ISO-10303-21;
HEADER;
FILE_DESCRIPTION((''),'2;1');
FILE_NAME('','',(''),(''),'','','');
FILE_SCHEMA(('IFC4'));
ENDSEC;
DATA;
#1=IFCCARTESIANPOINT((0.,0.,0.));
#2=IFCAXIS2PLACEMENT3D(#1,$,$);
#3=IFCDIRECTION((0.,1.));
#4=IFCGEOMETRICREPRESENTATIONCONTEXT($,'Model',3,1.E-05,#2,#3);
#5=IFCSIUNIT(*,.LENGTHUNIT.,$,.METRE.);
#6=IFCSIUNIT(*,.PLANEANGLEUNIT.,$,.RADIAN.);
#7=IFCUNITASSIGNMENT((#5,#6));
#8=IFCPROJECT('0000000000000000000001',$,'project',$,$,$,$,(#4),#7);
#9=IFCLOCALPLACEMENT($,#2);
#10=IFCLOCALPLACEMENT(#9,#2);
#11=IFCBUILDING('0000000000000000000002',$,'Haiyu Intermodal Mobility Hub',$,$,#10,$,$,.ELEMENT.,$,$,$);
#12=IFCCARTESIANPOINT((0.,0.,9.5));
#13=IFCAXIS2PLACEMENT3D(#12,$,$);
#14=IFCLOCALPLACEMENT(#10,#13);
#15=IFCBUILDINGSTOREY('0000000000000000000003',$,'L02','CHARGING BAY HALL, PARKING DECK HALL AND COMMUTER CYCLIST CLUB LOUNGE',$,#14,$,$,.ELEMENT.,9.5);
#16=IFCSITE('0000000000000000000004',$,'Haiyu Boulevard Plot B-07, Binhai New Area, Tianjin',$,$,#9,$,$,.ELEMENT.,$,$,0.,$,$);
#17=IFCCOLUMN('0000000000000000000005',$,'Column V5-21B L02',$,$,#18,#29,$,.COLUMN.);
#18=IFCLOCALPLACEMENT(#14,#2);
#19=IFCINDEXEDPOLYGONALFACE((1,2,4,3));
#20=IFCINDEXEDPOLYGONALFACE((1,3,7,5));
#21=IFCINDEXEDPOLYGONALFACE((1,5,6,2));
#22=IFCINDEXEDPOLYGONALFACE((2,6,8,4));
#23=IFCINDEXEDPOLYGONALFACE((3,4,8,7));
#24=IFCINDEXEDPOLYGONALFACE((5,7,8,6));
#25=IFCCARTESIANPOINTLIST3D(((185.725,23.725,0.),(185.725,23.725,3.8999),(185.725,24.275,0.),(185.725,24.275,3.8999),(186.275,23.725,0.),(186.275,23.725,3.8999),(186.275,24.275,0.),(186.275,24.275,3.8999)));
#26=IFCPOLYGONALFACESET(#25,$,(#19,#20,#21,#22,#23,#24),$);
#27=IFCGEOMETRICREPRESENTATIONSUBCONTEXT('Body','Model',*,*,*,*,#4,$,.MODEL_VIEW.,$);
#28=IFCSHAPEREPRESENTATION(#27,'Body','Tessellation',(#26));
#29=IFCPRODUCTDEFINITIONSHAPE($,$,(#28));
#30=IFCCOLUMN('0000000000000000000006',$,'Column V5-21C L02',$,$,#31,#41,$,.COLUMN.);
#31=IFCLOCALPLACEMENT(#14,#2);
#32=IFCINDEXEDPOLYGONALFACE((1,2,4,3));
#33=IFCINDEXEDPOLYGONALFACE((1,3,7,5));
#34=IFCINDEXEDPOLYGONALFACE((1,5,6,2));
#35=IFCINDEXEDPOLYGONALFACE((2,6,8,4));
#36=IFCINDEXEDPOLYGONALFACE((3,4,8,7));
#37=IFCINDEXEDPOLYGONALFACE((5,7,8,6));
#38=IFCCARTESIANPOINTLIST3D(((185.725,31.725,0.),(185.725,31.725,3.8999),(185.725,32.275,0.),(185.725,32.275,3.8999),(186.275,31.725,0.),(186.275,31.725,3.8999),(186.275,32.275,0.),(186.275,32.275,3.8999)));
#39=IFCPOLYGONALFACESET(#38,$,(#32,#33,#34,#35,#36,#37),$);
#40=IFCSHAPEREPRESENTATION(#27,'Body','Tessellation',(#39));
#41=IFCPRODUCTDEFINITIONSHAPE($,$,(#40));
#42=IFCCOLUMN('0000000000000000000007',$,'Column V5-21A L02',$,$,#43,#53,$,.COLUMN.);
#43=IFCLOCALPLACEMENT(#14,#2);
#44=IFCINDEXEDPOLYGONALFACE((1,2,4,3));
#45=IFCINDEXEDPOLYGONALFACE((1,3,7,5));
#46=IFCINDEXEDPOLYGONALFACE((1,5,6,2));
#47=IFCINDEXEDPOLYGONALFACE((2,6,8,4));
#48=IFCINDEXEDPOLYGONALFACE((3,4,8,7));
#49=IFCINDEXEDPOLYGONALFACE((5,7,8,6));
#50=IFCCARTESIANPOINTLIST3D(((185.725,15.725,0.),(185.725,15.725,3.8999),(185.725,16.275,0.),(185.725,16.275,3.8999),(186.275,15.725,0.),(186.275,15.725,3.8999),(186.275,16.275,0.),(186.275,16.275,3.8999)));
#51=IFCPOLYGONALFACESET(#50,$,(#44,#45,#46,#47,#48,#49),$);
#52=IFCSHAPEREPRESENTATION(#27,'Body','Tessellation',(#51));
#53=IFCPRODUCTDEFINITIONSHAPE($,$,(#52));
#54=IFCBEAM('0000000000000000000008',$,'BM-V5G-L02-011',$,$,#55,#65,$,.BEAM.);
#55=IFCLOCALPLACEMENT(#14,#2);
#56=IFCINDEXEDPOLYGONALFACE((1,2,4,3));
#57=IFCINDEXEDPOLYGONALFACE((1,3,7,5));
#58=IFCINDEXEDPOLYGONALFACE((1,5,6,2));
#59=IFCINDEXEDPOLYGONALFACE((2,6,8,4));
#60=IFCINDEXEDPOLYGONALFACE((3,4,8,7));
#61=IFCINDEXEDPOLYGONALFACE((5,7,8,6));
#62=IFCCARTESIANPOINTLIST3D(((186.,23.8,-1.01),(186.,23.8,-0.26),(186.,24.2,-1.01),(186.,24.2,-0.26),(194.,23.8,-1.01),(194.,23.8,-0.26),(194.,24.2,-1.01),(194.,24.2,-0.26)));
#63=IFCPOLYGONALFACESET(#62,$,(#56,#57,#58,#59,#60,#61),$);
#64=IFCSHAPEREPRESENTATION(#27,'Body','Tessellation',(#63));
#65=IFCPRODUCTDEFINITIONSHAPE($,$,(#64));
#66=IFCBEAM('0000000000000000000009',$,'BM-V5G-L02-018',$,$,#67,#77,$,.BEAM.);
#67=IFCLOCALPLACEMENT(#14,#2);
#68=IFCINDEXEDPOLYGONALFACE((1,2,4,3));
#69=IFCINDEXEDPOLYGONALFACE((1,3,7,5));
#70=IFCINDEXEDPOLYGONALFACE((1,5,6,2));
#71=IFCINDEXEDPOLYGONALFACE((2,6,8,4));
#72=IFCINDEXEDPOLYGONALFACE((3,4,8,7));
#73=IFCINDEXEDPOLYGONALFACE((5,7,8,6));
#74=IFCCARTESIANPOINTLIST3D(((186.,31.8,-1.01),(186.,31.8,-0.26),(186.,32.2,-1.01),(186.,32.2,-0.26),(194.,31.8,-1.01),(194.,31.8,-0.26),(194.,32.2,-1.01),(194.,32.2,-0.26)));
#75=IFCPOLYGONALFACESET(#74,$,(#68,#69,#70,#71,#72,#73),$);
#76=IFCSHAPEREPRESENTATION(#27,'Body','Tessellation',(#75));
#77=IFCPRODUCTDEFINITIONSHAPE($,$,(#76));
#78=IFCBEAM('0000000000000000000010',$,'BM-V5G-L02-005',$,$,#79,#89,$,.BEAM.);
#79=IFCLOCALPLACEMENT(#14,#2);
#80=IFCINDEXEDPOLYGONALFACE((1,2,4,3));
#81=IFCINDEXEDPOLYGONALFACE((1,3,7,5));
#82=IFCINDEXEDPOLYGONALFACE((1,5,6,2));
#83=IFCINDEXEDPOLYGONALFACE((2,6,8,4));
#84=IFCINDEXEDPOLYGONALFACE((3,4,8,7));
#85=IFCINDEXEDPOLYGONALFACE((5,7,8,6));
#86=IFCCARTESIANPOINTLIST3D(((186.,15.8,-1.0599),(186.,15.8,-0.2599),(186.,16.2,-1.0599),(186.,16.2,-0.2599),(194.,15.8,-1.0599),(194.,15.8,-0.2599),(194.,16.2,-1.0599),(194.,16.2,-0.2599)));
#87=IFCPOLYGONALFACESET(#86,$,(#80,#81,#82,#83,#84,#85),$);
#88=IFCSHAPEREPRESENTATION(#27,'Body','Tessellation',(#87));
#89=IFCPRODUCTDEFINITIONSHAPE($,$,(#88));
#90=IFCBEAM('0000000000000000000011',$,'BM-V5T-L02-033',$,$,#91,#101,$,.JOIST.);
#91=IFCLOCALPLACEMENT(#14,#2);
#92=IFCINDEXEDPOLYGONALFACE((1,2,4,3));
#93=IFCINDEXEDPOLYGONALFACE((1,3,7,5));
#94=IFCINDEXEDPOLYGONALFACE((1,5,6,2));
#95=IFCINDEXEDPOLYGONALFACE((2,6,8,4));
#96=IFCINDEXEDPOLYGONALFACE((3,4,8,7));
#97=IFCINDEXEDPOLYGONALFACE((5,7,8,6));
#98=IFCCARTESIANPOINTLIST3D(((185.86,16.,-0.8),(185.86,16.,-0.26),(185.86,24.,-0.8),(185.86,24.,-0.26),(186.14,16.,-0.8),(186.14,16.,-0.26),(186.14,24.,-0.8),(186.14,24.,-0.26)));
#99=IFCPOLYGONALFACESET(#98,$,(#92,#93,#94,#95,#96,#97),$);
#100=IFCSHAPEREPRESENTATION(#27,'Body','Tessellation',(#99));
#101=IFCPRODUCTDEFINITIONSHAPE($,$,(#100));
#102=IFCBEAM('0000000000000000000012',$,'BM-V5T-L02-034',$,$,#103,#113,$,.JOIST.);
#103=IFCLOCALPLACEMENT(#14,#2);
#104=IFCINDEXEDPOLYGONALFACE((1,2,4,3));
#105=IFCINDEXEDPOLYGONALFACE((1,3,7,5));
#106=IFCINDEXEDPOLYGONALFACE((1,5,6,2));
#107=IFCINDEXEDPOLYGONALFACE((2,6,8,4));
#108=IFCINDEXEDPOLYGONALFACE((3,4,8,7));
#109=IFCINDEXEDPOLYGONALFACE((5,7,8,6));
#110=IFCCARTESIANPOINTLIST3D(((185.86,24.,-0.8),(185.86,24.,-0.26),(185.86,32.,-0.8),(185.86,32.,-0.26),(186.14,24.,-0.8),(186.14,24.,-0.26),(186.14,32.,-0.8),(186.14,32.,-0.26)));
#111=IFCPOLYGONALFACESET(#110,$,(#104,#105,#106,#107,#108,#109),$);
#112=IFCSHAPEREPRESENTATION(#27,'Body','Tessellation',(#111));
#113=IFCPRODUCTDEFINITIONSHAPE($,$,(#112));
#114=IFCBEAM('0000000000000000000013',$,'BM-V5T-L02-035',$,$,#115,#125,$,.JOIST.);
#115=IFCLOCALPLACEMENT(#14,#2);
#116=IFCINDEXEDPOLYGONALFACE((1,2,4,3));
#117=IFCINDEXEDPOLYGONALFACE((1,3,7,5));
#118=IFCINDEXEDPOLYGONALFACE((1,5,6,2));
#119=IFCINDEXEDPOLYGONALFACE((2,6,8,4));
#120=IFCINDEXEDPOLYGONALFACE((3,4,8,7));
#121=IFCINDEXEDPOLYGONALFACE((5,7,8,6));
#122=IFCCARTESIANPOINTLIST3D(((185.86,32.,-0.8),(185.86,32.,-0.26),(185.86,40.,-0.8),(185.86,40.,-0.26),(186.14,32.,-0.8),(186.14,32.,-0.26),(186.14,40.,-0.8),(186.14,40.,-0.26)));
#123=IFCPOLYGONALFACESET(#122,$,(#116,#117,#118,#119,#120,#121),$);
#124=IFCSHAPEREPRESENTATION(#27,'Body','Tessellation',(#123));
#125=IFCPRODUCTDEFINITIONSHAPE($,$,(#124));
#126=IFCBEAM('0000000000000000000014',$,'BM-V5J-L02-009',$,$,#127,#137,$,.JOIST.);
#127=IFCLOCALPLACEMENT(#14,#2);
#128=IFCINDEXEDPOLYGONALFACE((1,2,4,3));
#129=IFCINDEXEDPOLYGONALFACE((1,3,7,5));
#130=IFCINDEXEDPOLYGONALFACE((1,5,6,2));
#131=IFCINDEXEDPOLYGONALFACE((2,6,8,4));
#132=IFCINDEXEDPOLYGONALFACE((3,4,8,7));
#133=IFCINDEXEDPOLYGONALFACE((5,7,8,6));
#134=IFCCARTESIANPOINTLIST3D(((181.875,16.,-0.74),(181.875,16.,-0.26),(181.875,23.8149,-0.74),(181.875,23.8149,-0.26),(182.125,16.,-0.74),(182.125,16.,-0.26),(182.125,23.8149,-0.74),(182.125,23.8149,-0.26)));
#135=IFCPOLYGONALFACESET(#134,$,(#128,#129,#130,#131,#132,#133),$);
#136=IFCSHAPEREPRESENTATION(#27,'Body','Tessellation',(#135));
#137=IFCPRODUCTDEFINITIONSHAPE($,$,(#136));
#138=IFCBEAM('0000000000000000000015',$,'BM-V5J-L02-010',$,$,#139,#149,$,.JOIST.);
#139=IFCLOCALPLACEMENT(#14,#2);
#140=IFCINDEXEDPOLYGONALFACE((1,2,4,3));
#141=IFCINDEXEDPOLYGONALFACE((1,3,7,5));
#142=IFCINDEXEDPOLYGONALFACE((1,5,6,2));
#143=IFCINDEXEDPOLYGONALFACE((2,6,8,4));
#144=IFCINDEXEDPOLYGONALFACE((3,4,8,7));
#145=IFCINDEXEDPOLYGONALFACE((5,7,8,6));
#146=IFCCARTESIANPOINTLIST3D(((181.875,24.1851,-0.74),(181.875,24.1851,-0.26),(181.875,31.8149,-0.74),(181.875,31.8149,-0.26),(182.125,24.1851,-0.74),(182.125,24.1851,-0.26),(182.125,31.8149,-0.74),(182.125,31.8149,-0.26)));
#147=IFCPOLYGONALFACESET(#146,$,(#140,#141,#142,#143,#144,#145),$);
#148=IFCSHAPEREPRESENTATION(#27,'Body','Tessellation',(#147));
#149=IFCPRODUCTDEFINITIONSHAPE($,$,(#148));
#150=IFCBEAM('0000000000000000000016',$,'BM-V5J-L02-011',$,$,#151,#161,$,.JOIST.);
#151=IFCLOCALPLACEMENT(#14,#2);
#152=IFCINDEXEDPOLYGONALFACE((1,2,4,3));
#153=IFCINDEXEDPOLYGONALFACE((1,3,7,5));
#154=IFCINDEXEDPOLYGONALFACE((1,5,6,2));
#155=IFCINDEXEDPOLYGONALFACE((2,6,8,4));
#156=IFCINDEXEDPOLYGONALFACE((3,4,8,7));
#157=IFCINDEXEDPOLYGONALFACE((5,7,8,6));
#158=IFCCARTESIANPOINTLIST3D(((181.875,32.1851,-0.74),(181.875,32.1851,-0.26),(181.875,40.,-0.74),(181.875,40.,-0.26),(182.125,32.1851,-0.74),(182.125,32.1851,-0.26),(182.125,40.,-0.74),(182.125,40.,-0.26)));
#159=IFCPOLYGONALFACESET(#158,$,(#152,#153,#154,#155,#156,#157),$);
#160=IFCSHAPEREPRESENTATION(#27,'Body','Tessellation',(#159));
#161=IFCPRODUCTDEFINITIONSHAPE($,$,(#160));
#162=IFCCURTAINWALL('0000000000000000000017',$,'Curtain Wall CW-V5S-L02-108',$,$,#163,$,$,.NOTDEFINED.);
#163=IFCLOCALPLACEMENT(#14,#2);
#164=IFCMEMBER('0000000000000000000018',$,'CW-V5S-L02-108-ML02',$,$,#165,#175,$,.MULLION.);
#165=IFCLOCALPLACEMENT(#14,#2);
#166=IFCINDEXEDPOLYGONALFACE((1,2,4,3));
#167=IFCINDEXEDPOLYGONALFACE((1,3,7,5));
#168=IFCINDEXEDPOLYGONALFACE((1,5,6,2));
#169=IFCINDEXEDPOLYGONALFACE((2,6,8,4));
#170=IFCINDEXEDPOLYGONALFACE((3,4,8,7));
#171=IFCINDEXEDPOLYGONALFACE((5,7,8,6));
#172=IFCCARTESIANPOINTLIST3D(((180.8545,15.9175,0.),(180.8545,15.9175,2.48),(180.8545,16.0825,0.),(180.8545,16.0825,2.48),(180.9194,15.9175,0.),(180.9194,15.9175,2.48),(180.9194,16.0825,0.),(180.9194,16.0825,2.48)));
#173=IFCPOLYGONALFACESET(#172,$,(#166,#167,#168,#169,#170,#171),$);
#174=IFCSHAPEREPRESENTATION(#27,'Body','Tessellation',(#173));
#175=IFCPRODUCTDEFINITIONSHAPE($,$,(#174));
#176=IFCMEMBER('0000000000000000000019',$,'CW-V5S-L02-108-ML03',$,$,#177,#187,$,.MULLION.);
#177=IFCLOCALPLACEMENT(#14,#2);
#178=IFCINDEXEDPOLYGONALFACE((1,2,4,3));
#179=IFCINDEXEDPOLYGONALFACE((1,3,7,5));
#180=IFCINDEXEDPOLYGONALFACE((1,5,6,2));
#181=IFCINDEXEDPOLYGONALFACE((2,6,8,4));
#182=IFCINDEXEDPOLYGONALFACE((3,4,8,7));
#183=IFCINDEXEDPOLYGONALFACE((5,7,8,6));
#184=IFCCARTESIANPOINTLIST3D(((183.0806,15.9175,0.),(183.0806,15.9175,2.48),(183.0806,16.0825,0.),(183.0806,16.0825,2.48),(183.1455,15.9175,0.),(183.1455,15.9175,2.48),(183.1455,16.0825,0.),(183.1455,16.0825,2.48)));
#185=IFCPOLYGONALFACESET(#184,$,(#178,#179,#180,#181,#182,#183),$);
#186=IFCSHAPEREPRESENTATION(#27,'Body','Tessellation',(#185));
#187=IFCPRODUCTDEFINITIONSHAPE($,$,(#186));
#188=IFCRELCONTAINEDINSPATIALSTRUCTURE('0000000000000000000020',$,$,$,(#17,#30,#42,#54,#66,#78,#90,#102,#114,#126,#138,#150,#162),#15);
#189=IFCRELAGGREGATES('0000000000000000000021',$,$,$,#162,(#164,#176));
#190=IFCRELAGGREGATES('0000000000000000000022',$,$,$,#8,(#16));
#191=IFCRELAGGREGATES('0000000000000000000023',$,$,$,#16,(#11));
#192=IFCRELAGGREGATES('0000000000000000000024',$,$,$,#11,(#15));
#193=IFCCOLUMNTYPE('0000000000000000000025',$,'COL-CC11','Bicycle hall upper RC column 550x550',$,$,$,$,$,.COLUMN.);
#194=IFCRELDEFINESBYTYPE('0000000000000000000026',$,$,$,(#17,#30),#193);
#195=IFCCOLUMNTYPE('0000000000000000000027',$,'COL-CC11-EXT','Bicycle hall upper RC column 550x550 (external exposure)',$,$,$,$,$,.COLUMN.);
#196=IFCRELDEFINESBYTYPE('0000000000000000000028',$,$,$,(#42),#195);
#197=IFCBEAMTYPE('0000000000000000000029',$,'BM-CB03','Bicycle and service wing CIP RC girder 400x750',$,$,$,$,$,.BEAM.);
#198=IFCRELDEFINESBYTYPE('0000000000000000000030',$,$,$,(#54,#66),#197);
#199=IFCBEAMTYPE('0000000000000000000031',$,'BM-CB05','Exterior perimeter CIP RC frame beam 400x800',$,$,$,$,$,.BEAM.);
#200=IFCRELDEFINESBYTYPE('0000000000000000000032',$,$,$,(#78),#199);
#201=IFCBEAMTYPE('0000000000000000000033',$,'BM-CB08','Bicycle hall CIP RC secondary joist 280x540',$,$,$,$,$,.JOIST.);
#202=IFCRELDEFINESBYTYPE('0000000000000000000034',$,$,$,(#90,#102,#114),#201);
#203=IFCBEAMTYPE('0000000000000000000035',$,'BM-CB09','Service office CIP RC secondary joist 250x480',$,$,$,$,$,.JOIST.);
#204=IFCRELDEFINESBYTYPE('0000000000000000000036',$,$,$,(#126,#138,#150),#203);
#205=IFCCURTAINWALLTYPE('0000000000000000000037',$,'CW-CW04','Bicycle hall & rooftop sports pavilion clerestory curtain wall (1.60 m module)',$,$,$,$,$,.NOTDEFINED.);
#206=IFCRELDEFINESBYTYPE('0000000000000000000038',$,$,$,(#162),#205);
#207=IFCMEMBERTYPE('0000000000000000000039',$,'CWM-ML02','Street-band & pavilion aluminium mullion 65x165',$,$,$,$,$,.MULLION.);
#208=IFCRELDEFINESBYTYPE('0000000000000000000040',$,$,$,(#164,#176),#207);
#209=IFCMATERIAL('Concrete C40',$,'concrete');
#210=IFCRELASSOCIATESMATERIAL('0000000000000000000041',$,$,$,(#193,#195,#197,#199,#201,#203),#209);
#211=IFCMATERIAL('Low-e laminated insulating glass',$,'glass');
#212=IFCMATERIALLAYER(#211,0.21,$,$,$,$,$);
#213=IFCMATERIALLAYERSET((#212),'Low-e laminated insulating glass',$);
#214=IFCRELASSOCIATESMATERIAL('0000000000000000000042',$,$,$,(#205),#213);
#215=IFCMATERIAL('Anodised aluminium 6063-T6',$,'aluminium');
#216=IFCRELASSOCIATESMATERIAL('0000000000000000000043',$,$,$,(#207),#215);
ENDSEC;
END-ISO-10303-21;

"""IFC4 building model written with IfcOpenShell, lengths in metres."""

from ifc_helpers import new_model, si_unit, direction, frame, origin, origin_2d, place, context, subcontext, project, spatial, rectangle, extrude, material, layer, layer_set, material_profile, profile_set, type_object, element, aggregate, save


model = new_model("IFC4")

# Units and contexts
model_context = context("Model", 3, precision=1e-05, world=origin(), true_north=direction((0.0, 1.0)))
body_context = subcontext(model_context, "Body", "Model", "MODEL_VIEW")
ifc_project = project(units=[si_unit("LENGTHUNIT", "METRE"), si_unit("PLANEANGLEUNIT", "RADIAN")], contexts=[model_context])

# Site, building, storey
site_placement = place(None, origin())
site = spatial("IfcSite", under=ifc_project, at=site_placement, Name="Haiyu Boulevard Plot B-07, Binhai New Area, Tianjin", CompositionType="ELEMENT", RefElevation=0.0)
building_placement = place(site_placement, origin())
building = spatial("IfcBuilding", under=site, at=building_placement, Name="Haiyu Intermodal Mobility Hub", CompositionType="ELEMENT")
storey_placement = place(building_placement, frame((0.0, 0.0, 9.5)))
storey = spatial("IfcBuildingStorey", under=building, at=storey_placement, Name="L02", Description="CHARGING BAY HALL, PARKING DECK HALL AND COMMUTER CYCLIST CLUB LOUNGE", CompositionType="ELEMENT", Elevation=9.5)

# Columns
ifc_material_1 = material(Name="Concrete C40", Category="concrete")
ifc_material_profile_1 = material_profile(ifc_material_1, rectangle(XDim=0.55, YDim=0.55, at=origin_2d()), Name="RC550x550")
ifc_profile_set_1 = profile_set([ifc_material_profile_1], Name="Concrete C40")
column_type_1 = type_object("IfcColumnType", Name="COL-CC11", Description="Bicycle hall upper RC column 550x550", PredefinedType="COLUMN", material=ifc_profile_set_1)
for number, where, z_axis, x_axis, name in (
    (1, (186.0, 24.0, 0.0), (0.0, 0.0, 1.0), (1.0, 0.0, 0.0), "Column V5-21B L02"),
    (2, (186.0, 32.0, 0.0), (0.0, 0.0, 1.0), (1.0, 0.0, 0.0), "Column V5-21C L02"),
):
    element("IfcColumn", number, at=place(storey_placement, frame(where, z_axis=z_axis, x_axis=x_axis)), inside=storey, type_object=column_type_1, Name=name, PredefinedType="COLUMN", context=body_context, shape_type="SweptSolid", body=[
        extrude(rectangle(XDim=0.55, YDim=0.55, at=origin_2d()), origin(), (0.0, 0.0, 1.0), 3.8999),
    ])
ifc_material_profile_2 = material_profile(ifc_material_1, rectangle(XDim=0.55, YDim=0.55, at=origin_2d()), Name="RC550x550")
ifc_profile_set_2 = profile_set([ifc_material_profile_2], Name="Concrete C40")
column_type_2 = type_object("IfcColumnType", Name="COL-CC11-EXT", Description="Bicycle hall upper RC column 550x550 (external exposure)", PredefinedType="COLUMN", material=ifc_profile_set_2)
column_placement = place(storey_placement, frame((186.0, 16.0, 0.0), z_axis=(0.0, 0.0, 1.0), x_axis=(1.0, 0.0, 0.0)))
element("IfcColumn", 3, at=column_placement, inside=storey, type_object=column_type_2, Name="Column V5-21A L02", PredefinedType="COLUMN", context=body_context, shape_type="SweptSolid", body=[
    extrude(rectangle(XDim=0.55, YDim=0.55, at=origin_2d()), origin(), (0.0, 0.0, 1.0), 3.8999),
])

# Beams
ifc_material_profile_3 = material_profile(ifc_material_1, rectangle(XDim=0.3999, YDim=0.75, at=origin_2d()), Name="RCB400x750")
ifc_profile_set_3 = profile_set([ifc_material_profile_3], Name="Concrete C40")
beam_type_1 = type_object("IfcBeamType", Name="BM-CB03", Description="Bicycle and service wing CIP RC girder 400x750", PredefinedType="BEAM", material=ifc_profile_set_3)
for number, where, z_axis, x_axis, name in (
    (4, (186.0, 24.0, -0.635), (1.0, 0.0, 0.0), (0.0, 1.0, 0.0), "BM-V5G-L02-011"),
    (5, (186.0, 32.0, -0.635), (1.0, 0.0, 0.0), (0.0, 1.0, 0.0), "BM-V5G-L02-018"),
):
    element("IfcBeam", number, at=place(storey_placement, frame(where, z_axis=z_axis, x_axis=x_axis)), inside=storey, type_object=beam_type_1, Name=name, PredefinedType="BEAM", context=body_context, shape_type="SweptSolid", body=[
        extrude(rectangle(XDim=0.3999, YDim=0.75, at=origin_2d()), origin(), (0.0, 0.0, 1.0), 8.0),
    ])
ifc_material_profile_4 = material_profile(ifc_material_1, rectangle(XDim=0.3999, YDim=0.8, at=origin_2d()), Name="RCB400x800")
ifc_profile_set_4 = profile_set([ifc_material_profile_4], Name="Concrete C40")
beam_type_2 = type_object("IfcBeamType", Name="BM-CB05", Description="Exterior perimeter CIP RC frame beam 400x800", PredefinedType="BEAM", material=ifc_profile_set_4)
beam_1_placement = place(storey_placement, frame((186.0, 16.0, -0.6599), z_axis=(1.0, 0.0, 0.0), x_axis=(0.0, 1.0, 0.0)))
element("IfcBeam", 6, at=beam_1_placement, inside=storey, type_object=beam_type_2, Name="BM-V5G-L02-005", PredefinedType="BEAM", context=body_context, shape_type="SweptSolid", body=[
    extrude(rectangle(XDim=0.3999, YDim=0.8, at=origin_2d()), origin(), (0.0, 0.0, 1.0), 8.0),
])
ifc_material_profile_5 = material_profile(ifc_material_1, rectangle(XDim=0.28, YDim=0.54, at=origin_2d()), Name="RCB280x540")
ifc_profile_set_5 = profile_set([ifc_material_profile_5], Name="Concrete C40")
beam_type_3 = type_object("IfcBeamType", Name="BM-CB08", Description="Bicycle hall CIP RC secondary joist 280x540", PredefinedType="JOIST", material=ifc_profile_set_5)
for number, where, z_axis, x_axis, name in (
    (7, (186.0, 16.0, -0.53), (0.0, 1.0, 0.0), (-1.0, 0.0, 0.0), "BM-V5T-L02-033"),
    (8, (186.0, 24.0, -0.53), (0.0, 1.0, 0.0), (-1.0, 0.0, 0.0), "BM-V5T-L02-034"),
    (9, (186.0, 32.0, -0.53), (0.0, 1.0, 0.0), (-1.0, 0.0, 0.0), "BM-V5T-L02-035"),
):
    element("IfcBeam", number, at=place(storey_placement, frame(where, z_axis=z_axis, x_axis=x_axis)), inside=storey, type_object=beam_type_3, Name=name, PredefinedType="JOIST", context=body_context, shape_type="SweptSolid", body=[
        extrude(rectangle(XDim=0.28, YDim=0.54, at=origin_2d()), origin(), (0.0, 0.0, 1.0), 8.0),
    ])
ifc_material_profile_6 = material_profile(ifc_material_1, rectangle(XDim=0.25, YDim=0.48, at=origin_2d()), Name="RCB250x480")
ifc_profile_set_6 = profile_set([ifc_material_profile_6], Name="Concrete C40")
beam_type_4 = type_object("IfcBeamType", Name="BM-CB09", Description="Service office CIP RC secondary joist 250x480", PredefinedType="JOIST", material=ifc_profile_set_6)
beam_2_placement = place(storey_placement, frame((182.0, 16.0, -0.5), z_axis=(0.0, 1.0, 0.0), x_axis=(-1.0, 0.0, 0.0)))
element("IfcBeam", 10, at=beam_2_placement, inside=storey, type_object=beam_type_4, Name="BM-V5J-L02-009", PredefinedType="JOIST", context=body_context, shape_type="SweptSolid", body=[
    extrude(rectangle(XDim=0.25, YDim=0.48, at=origin_2d()), origin(), (0.0, 0.0, 1.0), 7.8149),
])
beam_3_placement = place(storey_placement, frame((182.0, 24.1851, -0.5), z_axis=(0.0, 1.0, 0.0), x_axis=(-1.0, 0.0, 0.0)))
element("IfcBeam", 11, at=beam_3_placement, inside=storey, type_object=beam_type_4, Name="BM-V5J-L02-010", PredefinedType="JOIST", context=body_context, shape_type="SweptSolid", body=[
    extrude(rectangle(XDim=0.25, YDim=0.48, at=origin_2d()), origin(), (0.0, 0.0, 1.0), 7.6299),
])
beam_4_placement = place(storey_placement, frame((182.0, 32.1851, -0.5), z_axis=(0.0, 1.0, 0.0), x_axis=(-1.0, 0.0, 0.0)))
element("IfcBeam", 12, at=beam_4_placement, inside=storey, type_object=beam_type_4, Name="BM-V5J-L02-011", PredefinedType="JOIST", context=body_context, shape_type="SweptSolid", body=[
    extrude(rectangle(XDim=0.25, YDim=0.48, at=origin_2d()), origin(), (0.0, 0.0, 1.0), 7.8149),
])

# Curtain wall, members
ifc_material_2 = material(Name="Low-e laminated insulating glass", Category="glass")
ifc_layer_1 = layer(ifc_material_2, 0.21)
ifc_layer_set_1 = layer_set([ifc_layer_1], Name="Low-e laminated insulating glass")
curtain_wall_type = type_object("IfcCurtainWallType", Name="CW-CW04", Description="Bicycle hall & rooftop sports pavilion clerestory curtain wall (1.60 m module)", PredefinedType="NOTDEFINED", material=ifc_layer_set_1)
curtain_wall_1_placement = place(storey_placement, origin())
curtain_wall_1 = element("IfcCurtainWall", 13, at=curtain_wall_1_placement, inside=storey, type_object=curtain_wall_type, Name="Curtain Wall CW-V5S-L02-108", PredefinedType="NOTDEFINED")
ifc_material_3 = material(Name="Anodised aluminium 6063-T6", Category="aluminium")
ifc_material_profile_7 = material_profile(ifc_material_3, rectangle(XDim=0.0649, YDim=0.165, at=origin_2d()), Name="ALU65x165")
ifc_profile_set_7 = profile_set([ifc_material_profile_7], Name="Anodised aluminium 6063-T6")
member_type_1 = type_object("IfcMemberType", Name="CWM-ML02", Description="Street-band & pavilion aluminium mullion 65x165", PredefinedType="MULLION", material=ifc_profile_set_7)
member_1_placement = place(storey_placement, frame((180.887, 16.0, 0.0), z_axis=(0.0, 0.0, 1.0), x_axis=(1.0, 0.0, 0.0)))
member_1 = element("IfcMember", 14, at=member_1_placement, type_object=member_type_1, Name="CW-V5S-L02-108-ML02", PredefinedType="MULLION", context=body_context, shape_type="SweptSolid", body=[
    extrude(rectangle(XDim=0.0649, YDim=0.165, at=origin_2d()), origin(), (0.0, 0.0, 1.0), 2.48),
])
member_2_placement = place(storey_placement, frame((183.113, 16.0, 0.0), z_axis=(0.0, 0.0, 1.0), x_axis=(1.0, 0.0, 0.0)))
member_2 = element("IfcMember", 15, at=member_2_placement, type_object=member_type_1, Name="CW-V5S-L02-108-ML03", PredefinedType="MULLION", context=body_context, shape_type="SweptSolid", body=[
    extrude(rectangle(XDim=0.0649, YDim=0.165, at=origin_2d()), origin(), (0.0, 0.0, 1.0), 2.48),
])

aggregate(curtain_wall_1, [member_1, member_2])

save(model, "model.ifc")
